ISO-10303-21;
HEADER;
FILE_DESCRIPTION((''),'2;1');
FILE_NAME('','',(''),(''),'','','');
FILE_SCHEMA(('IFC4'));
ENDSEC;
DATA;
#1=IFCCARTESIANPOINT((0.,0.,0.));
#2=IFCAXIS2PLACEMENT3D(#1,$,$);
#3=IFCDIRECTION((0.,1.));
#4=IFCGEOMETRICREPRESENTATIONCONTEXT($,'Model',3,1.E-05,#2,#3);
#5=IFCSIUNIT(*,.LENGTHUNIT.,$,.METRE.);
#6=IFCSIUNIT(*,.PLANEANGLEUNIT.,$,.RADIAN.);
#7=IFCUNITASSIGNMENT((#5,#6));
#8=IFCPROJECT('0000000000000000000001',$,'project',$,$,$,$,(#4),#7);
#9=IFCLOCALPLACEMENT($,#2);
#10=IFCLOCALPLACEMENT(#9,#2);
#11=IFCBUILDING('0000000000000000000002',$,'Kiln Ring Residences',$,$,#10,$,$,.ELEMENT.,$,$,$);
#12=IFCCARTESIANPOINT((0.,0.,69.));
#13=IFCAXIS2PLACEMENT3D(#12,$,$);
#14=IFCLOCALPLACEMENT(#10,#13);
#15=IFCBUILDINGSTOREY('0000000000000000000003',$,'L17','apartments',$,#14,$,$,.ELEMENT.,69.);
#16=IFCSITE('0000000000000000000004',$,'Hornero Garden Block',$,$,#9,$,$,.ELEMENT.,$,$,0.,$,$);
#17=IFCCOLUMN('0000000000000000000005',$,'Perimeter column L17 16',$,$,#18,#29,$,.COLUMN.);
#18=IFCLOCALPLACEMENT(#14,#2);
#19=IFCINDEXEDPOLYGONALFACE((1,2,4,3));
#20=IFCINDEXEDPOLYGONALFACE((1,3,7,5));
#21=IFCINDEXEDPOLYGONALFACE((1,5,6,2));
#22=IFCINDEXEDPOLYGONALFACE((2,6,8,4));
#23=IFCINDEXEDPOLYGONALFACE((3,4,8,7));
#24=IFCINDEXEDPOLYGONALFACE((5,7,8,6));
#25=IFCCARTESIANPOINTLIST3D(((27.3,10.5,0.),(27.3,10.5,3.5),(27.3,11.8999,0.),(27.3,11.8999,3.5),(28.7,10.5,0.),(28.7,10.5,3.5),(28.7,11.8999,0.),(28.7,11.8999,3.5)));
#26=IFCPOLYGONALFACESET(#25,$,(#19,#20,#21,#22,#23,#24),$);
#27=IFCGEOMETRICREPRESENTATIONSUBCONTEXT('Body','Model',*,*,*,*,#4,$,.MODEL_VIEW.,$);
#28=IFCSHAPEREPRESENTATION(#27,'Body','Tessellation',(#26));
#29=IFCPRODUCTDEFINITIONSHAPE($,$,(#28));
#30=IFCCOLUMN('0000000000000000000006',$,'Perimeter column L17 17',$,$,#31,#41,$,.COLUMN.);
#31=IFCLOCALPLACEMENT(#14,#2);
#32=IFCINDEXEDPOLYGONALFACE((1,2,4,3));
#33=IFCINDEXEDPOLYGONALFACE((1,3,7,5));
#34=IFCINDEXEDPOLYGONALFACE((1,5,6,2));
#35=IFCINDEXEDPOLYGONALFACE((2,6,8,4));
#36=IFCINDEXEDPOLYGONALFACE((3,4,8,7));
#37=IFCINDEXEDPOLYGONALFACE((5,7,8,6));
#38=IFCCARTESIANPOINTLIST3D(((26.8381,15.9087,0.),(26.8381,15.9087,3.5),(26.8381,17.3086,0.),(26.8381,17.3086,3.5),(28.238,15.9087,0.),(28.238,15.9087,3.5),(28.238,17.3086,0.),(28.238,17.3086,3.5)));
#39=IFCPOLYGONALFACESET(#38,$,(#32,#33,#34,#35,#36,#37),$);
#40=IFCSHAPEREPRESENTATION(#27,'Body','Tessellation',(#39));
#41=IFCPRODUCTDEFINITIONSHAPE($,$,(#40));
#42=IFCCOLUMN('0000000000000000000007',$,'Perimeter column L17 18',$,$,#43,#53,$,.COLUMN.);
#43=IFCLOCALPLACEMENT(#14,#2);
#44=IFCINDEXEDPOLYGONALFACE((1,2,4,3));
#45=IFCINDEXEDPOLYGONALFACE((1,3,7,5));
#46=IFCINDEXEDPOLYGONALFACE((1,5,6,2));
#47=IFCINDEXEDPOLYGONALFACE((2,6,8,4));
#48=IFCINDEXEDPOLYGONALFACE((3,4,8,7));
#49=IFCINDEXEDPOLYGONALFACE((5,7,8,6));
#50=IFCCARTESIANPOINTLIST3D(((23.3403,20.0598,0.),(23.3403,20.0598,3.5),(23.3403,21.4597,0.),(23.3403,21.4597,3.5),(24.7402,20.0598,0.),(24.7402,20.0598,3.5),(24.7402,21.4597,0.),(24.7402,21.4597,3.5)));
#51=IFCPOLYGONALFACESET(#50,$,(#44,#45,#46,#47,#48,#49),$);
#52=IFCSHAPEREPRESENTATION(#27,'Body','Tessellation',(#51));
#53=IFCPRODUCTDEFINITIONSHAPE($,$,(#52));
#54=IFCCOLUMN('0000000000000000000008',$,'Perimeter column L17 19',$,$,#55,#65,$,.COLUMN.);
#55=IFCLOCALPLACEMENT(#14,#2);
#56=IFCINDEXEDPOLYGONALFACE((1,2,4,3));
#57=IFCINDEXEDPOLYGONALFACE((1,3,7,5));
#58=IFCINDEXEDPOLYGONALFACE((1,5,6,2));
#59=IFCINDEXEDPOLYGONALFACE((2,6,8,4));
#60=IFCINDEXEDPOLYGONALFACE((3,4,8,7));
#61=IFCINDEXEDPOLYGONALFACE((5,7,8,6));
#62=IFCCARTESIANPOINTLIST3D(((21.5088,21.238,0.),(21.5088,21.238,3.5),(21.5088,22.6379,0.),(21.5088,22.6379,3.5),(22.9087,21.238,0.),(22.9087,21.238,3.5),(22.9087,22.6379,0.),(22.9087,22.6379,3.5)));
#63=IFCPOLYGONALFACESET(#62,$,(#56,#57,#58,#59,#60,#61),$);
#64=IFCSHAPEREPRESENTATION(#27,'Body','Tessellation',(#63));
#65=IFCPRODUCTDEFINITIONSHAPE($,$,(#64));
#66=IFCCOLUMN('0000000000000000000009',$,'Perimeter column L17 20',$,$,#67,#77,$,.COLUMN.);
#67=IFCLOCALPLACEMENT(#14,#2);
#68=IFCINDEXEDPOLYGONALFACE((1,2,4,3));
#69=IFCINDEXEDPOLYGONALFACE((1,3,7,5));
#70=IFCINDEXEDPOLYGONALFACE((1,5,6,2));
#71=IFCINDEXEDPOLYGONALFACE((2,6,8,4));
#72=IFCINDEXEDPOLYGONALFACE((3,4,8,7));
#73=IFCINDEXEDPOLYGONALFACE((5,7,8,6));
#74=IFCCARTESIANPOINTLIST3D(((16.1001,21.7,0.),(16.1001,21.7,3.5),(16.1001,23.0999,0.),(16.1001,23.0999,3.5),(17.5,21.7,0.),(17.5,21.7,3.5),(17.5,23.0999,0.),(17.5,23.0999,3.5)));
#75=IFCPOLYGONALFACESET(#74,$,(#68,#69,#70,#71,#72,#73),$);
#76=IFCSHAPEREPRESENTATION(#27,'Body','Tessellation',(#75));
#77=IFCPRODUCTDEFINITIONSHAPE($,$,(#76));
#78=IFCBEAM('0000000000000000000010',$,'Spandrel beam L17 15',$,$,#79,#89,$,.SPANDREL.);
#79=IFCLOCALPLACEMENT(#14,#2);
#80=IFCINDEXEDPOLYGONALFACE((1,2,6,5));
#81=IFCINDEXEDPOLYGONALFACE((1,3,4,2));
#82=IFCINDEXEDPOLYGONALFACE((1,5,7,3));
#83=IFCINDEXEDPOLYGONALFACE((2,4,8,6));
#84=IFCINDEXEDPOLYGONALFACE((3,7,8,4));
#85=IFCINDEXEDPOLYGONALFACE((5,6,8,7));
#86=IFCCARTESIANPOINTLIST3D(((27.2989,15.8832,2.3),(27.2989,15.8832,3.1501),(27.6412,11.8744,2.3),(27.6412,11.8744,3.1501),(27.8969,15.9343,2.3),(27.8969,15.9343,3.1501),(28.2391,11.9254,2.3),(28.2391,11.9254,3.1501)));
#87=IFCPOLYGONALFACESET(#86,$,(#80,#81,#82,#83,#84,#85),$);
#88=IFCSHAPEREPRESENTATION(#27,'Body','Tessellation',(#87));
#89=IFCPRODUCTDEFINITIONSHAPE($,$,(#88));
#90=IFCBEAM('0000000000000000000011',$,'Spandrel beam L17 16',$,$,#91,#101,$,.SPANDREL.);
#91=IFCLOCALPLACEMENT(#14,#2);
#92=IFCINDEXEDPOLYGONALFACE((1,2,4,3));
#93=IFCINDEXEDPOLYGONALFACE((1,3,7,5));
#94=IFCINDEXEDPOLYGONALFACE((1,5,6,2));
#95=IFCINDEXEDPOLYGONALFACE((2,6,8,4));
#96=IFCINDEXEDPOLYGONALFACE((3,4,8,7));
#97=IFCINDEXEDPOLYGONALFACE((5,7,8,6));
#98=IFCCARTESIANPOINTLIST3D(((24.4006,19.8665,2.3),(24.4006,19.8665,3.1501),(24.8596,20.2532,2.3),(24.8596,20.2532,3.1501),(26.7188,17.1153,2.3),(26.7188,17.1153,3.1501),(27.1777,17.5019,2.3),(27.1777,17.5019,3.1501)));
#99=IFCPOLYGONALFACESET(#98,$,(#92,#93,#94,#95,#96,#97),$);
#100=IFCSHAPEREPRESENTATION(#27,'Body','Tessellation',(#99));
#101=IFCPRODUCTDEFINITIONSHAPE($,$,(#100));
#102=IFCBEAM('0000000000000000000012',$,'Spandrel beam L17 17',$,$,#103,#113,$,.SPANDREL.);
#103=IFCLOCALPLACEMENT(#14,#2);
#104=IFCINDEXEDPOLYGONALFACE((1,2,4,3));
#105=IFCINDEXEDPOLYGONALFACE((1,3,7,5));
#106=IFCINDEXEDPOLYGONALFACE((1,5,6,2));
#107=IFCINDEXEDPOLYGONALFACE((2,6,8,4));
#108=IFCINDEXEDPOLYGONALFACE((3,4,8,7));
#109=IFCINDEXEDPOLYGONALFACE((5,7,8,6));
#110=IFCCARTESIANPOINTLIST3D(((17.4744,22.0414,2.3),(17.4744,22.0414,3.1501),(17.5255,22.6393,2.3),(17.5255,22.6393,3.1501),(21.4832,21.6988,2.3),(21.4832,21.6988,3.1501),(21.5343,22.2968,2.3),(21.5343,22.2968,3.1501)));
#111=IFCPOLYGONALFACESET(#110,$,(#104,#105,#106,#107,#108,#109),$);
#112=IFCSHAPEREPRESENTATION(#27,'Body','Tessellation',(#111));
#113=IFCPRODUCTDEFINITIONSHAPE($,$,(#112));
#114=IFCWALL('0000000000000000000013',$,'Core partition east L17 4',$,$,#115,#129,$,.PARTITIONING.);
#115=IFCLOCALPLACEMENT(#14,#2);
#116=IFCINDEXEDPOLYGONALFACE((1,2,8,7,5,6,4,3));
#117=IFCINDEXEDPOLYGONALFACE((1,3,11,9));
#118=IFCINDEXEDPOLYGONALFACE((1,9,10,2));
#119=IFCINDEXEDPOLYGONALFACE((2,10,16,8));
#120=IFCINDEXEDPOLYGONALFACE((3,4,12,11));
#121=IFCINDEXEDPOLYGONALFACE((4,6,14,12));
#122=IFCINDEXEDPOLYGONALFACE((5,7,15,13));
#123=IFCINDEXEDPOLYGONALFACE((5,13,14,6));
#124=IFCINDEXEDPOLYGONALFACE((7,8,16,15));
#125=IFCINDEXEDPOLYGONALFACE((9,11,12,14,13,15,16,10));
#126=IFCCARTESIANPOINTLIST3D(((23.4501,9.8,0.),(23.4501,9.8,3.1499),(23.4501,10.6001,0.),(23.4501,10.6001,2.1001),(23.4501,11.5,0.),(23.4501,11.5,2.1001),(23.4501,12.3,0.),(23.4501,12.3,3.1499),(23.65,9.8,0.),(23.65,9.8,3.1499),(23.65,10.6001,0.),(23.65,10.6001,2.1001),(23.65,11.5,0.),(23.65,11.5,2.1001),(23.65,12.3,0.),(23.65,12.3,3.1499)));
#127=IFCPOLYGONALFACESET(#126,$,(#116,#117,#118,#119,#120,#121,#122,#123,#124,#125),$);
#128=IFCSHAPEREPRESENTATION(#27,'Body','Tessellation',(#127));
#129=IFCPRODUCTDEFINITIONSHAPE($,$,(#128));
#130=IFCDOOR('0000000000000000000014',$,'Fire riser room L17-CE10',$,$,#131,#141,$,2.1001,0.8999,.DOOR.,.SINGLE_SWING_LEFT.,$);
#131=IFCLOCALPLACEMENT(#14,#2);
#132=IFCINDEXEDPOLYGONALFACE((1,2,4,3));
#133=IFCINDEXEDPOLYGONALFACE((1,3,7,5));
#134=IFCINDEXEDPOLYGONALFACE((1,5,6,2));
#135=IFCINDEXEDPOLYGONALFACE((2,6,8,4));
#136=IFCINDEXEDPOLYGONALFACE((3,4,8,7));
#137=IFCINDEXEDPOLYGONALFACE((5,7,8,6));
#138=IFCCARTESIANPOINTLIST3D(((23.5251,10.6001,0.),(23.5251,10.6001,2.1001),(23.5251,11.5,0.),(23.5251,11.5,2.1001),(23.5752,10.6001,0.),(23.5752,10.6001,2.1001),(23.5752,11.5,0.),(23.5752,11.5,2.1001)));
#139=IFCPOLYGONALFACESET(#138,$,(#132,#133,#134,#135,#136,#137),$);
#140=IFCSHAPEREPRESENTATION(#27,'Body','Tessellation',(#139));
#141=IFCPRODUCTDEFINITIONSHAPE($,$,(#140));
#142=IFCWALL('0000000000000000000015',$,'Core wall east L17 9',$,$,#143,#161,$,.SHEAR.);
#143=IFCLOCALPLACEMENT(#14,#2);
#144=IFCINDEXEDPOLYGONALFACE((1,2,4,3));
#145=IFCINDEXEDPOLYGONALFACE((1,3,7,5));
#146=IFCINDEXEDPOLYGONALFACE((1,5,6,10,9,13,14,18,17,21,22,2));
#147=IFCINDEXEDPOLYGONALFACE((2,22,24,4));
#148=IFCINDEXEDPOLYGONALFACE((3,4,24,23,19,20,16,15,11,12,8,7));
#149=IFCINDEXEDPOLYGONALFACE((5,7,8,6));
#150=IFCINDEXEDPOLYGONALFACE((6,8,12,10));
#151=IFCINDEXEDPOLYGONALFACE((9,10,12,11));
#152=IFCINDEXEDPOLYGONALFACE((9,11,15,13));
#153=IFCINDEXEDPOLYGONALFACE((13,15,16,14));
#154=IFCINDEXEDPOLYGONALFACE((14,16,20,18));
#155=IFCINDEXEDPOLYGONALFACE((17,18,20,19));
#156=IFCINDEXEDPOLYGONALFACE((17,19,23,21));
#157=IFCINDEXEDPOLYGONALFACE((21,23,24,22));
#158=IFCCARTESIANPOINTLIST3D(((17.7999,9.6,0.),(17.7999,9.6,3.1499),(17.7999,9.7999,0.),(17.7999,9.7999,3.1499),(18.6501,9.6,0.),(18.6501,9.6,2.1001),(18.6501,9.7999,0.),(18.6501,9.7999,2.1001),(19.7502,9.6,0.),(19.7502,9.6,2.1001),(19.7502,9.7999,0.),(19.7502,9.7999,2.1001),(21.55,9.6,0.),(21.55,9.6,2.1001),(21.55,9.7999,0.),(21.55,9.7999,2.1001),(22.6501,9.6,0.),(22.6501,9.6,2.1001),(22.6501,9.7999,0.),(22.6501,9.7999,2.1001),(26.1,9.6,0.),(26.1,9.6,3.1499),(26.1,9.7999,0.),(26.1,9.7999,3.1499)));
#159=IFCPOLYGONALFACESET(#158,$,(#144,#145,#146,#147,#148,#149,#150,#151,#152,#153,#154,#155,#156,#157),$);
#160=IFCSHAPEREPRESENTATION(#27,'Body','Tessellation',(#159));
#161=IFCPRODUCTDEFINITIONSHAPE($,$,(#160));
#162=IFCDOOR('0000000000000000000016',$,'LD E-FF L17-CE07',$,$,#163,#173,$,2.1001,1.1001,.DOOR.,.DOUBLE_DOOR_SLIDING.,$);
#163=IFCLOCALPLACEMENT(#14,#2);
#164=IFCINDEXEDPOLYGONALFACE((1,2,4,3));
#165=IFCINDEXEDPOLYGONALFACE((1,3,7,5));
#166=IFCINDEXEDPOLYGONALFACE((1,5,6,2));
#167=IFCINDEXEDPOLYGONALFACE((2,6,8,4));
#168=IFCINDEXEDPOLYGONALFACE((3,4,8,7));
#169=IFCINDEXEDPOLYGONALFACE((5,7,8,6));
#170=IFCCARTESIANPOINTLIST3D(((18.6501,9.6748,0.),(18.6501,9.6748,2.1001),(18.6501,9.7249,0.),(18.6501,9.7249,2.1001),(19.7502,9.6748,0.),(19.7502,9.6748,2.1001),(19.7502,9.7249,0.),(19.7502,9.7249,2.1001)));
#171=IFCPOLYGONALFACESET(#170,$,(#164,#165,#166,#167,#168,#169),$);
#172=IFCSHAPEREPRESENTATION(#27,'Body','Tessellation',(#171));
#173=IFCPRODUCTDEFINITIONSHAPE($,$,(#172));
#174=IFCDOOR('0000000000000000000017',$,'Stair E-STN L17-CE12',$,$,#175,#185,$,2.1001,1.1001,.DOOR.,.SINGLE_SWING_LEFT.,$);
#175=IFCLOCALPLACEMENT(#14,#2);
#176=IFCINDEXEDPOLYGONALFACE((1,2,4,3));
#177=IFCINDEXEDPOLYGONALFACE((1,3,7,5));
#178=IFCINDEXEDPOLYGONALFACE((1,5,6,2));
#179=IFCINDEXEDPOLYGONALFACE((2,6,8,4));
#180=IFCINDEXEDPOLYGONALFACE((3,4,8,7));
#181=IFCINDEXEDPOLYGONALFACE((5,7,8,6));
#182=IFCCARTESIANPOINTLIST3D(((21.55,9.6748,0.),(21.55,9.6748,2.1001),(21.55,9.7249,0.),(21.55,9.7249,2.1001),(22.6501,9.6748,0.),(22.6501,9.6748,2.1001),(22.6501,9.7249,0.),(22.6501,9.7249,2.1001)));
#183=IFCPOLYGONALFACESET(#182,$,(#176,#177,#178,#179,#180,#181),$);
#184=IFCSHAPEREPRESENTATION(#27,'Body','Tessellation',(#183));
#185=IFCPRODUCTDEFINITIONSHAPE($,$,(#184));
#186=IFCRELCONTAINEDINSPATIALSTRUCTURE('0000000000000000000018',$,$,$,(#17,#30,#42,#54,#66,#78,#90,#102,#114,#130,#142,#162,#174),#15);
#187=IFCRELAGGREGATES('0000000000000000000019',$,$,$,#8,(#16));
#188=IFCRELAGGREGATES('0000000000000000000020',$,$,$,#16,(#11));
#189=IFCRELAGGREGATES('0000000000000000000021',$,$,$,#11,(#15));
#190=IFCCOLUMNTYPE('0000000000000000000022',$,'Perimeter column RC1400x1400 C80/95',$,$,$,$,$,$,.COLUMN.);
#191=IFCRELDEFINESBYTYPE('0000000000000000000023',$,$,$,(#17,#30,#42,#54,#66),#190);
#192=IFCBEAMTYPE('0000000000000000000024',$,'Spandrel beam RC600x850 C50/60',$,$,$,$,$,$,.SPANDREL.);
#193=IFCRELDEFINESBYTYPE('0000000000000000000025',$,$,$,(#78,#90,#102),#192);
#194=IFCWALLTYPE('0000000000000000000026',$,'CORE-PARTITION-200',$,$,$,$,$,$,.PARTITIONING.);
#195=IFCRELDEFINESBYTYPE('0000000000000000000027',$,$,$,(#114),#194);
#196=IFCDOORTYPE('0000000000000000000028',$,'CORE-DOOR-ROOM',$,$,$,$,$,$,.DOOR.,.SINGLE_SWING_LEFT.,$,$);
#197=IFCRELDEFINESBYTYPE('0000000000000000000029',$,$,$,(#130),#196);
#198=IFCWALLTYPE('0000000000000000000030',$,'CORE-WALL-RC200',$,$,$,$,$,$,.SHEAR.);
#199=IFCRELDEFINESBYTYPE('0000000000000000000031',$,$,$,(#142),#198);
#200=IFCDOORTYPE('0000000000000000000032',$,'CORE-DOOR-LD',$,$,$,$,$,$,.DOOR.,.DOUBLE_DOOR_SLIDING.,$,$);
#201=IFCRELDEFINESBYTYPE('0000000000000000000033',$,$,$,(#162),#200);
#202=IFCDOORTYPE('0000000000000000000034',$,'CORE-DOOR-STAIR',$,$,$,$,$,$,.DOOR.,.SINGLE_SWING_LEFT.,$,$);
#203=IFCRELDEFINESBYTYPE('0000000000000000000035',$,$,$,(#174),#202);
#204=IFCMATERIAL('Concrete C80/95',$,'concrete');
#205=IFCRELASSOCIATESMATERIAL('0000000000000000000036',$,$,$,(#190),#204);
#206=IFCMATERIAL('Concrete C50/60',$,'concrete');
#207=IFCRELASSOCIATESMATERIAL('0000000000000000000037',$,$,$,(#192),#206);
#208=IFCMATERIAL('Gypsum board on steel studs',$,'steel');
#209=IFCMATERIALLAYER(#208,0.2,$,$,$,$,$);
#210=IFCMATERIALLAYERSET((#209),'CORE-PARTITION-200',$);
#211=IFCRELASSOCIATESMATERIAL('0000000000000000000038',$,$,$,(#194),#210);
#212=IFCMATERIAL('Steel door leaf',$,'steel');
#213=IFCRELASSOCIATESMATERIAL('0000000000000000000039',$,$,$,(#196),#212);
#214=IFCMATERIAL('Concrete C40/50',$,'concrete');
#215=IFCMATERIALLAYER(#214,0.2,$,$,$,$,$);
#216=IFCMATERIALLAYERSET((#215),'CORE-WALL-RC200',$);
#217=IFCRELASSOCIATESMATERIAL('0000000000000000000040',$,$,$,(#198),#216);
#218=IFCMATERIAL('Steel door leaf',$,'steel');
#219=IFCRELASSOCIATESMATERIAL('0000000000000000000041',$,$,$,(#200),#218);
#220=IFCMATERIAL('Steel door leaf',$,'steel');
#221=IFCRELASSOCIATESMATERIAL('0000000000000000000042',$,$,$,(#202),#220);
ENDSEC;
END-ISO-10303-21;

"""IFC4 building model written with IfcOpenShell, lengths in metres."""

from ifc_helpers import new_model, si_unit, direction, frame, frame_2d, origin, origin_2d, place, context, subcontext, project, spatial, rectangle, extrude, material, layer, layer_set, material_profile, profile_set, type_object, element, fill, save


model = new_model("IFC4")

# Units and contexts
model_context = context("Model", 3, precision=1e-05, world=origin(), true_north=direction((0.0, 1.0)))
body_context = subcontext(model_context, "Body", "Model", "MODEL_VIEW")
ifc_project = project(units=[si_unit("LENGTHUNIT", "METRE"), si_unit("PLANEANGLEUNIT", "RADIAN")], contexts=[model_context])

# Site, building, storey
site_placement = place(None, origin())
site = spatial("IfcSite", under=ifc_project, at=site_placement, Name="Hornero Garden Block", CompositionType="ELEMENT", RefElevation=0.0)
building_placement = place(site_placement, origin())
building = spatial("IfcBuilding", under=site, at=building_placement, Name="Kiln Ring Residences", CompositionType="ELEMENT")
storey_placement = place(building_placement, frame((0.0, 0.0, 69.0)))
storey = spatial("IfcBuildingStorey", under=building, at=storey_placement, Name="L17", Description="apartments", CompositionType="ELEMENT", Elevation=69.0)

# Columns
ifc_material_1 = material(Name="Concrete C80/95", Category="concrete")
ifc_material_profile_1 = material_profile(ifc_material_1, rectangle(XDim=1.3999, YDim=1.3999, at=origin_2d()), Name="RC1400x1400")
ifc_profile_set_1 = profile_set([ifc_material_profile_1], Name="Concrete C80/95")
column_type = type_object("IfcColumnType", Name="Perimeter column RC1400x1400 C80/95", PredefinedType="COLUMN", material=ifc_profile_set_1)
for number, where, z_axis, x_axis, name in (
    (1, (28.0, 11.2, 0.0), (0.0, 0.0, 1.0), (1.0, 0.0, 0.0), "Perimeter column L17 16"),
    (2, (27.5381, 16.6086, 0.0), (0.0, 0.0, 1.0), (1.0, 0.0, 0.0), "Perimeter column L17 17"),
    (3, (24.0403, 20.7598, 0.0), (0.0, 0.0, 1.0), (1.0, 0.0, 0.0), "Perimeter column L17 18"),
    (4, (22.2087, 21.938, 0.0), (0.0, 0.0, 1.0), (1.0, 0.0, 0.0), "Perimeter column L17 19"),
    (5, (16.8, 22.3999, 0.0), (0.0, 0.0, 1.0), (1.0, 0.0, 0.0), "Perimeter column L17 20"),
):
    element("IfcColumn", number, at=place(storey_placement, frame(where, z_axis=z_axis, x_axis=x_axis)), inside=storey, type_object=column_type, Name=name, PredefinedType="COLUMN", context=body_context, shape_type="SweptSolid", body=[
        extrude(rectangle(XDim=1.3999, YDim=1.3999, at=origin_2d()), origin(), (0.0, 0.0, 1.0), 3.5),
    ])

# Beams
ifc_material_2 = material(Name="Concrete C50/60", Category="concrete")
ifc_material_profile_2 = material_profile(ifc_material_2, rectangle(XDim=0.6001, YDim=0.8501, at=origin_2d()), Name="RC600x850")
ifc_profile_set_2 = profile_set([ifc_material_profile_2], Name="Concrete C50/60")
beam_type = type_object("IfcBeamType", Name="Spandrel beam RC600x850 C50/60", PredefinedType="SPANDREL", material=ifc_profile_set_2)
beam_1_placement = place(storey_placement, frame((27.9402, 11.8999, 2.7251), z_axis=(-0.085074, 0.996375, 0.0), x_axis=(-0.996375, -0.085074, 0.0)))
element("IfcBeam", 6, at=beam_1_placement, inside=storey, type_object=beam_type, Name="Spandrel beam L17 15", PredefinedType="SPANDREL", context=body_context, shape_type="SweptSolid", body=[
    extrude(rectangle(XDim=0.6001, YDim=0.8501, at=origin_2d()), origin(), (0.0, 0.0, 1.0), 4.0234),
])
beam_2_placement = place(storey_placement, frame((26.9482, 17.3086, 2.7251), z_axis=(-0.644347, 0.764733, 0.0), x_axis=(-0.764733, -0.644347, 0.0)))
element("IfcBeam", 7, at=beam_2_placement, inside=storey, type_object=beam_type, Name="Spandrel beam L17 16", PredefinedType="SPANDREL", context=body_context, shape_type="SweptSolid", body=[
    extrude(rectangle(XDim=0.6001, YDim=0.8501, at=origin_2d()), origin(), (0.0, 0.0, 1.0), 3.5977),
])
beam_3_placement = place(storey_placement, frame((21.5088, 21.9978, 2.7251), z_axis=(-0.996369, 0.085134, 0.0), x_axis=(-0.085134, -0.996369, 0.0)))
element("IfcBeam", 8, at=beam_3_placement, inside=storey, type_object=beam_type, Name="Spandrel beam L17 17", PredefinedType="SPANDREL", context=body_context, shape_type="SweptSolid", body=[
    extrude(rectangle(XDim=0.6001, YDim=0.8501, at=origin_2d()), origin(), (0.0, 0.0, 1.0), 4.0234),
])

# Wall, opening, door
ifc_material_3 = material(Name="Gypsum board on steel studs", Category="steel")
ifc_layer_1 = layer(ifc_material_3, 0.2)
ifc_layer_set_1 = layer_set([ifc_layer_1], Name="CORE-PARTITION-200")
wall_type_1 = type_object("IfcWallType", Name="CORE-PARTITION-200", PredefinedType="PARTITIONING", material=ifc_layer_set_1)
wall_1_placement = place(storey_placement, frame((23.55, 9.8, 0.0), z_axis=(0.0, 0.0, 1.0), x_axis=(0.0, 1.0, 0.0)))
wall_1 = element("IfcWall", 9, at=wall_1_placement, inside=storey, type_object=wall_type_1, Name="Core partition east L17 4", PredefinedType="PARTITIONING", context=body_context, shape_type="SweptSolid", body=[
    extrude(rectangle(XDim=2.5, YDim=0.2, at=frame_2d((1.25, 0.0))), origin(), (0.0, 0.0, 1.0), 3.1499),
])
opening_1_placement = place(wall_1_placement, frame((0.8, 0.0, 0.0)))
opening_1 = element("IfcOpeningElement", 10, at=opening_1_placement, cuts=wall_1, PredefinedType="OPENING", context=body_context, shape_type="SweptSolid", body=[
    extrude(rectangle(XDim=0.8999, YDim=2.1001, at=frame_2d((0.45, 1.05))), frame((0.0, 0.1099, 0.0), z_axis=(0.0, -1.0, 0.0), x_axis=(1.0, 0.0, 0.0)), (0.0, 0.0, 1.0), 0.22),
])
ifc_material_4 = material(Name="Steel door leaf", Category="steel")
door_type_1 = type_object("IfcDoorType", Name="CORE-DOOR-ROOM", OperationType="SINGLE_SWING_LEFT", PredefinedType="DOOR", material=ifc_material_4)
door_1_placement = place(opening_1_placement, origin())
door_1 = element("IfcDoor", 11, at=door_1_placement, inside=storey, type_object=door_type_1, Name="Fire riser room L17-CE10", OperationType="SINGLE_SWING_LEFT", OverallHeight=2.1001, OverallWidth=0.8999, PredefinedType="DOOR", context=body_context, shape_type="SweptSolid", body=[
    extrude(rectangle(XDim=0.8999, YDim=2.1001, at=frame_2d((0.45, 1.05))), frame((0.0, 0.0249, 0.0), z_axis=(0.0, -1.0, 0.0), x_axis=(1.0, 0.0, 0.0)), (0.0, 0.0, 1.0), 0.05),
])
fill(opening_1, door_1)

# Wall, openings, doors
ifc_material_5 = material(Name="Concrete C40/50", Category="concrete")
ifc_layer_2 = layer(ifc_material_5, 0.2)
ifc_layer_set_2 = layer_set([ifc_layer_2], Name="CORE-WALL-RC200")
wall_type_2 = type_object("IfcWallType", Name="CORE-WALL-RC200", PredefinedType="SHEAR", material=ifc_layer_set_2)
wall_2_placement = place(storey_placement, frame((17.8, 9.7, 0.0), z_axis=(0.0, 0.0, 1.0), x_axis=(1.0, 0.0, 0.0)))
wall_2 = element("IfcWall", 12, at=wall_2_placement, inside=storey, type_object=wall_type_2, Name="Core wall east L17 9", PredefinedType="SHEAR", context=body_context, shape_type="SweptSolid", body=[
    extrude(rectangle(XDim=8.3, YDim=0.2, at=frame_2d((4.1499, 0.0))), origin(), (0.0, 0.0, 1.0), 3.1499),
])
opening_2_placement = place(wall_2_placement, frame((0.8501, 0.0, 0.0)))
opening_2 = element("IfcOpeningElement", 13, at=opening_2_placement, cuts=wall_2, PredefinedType="OPENING", context=body_context, shape_type="SweptSolid", body=[
    extrude(rectangle(XDim=1.1001, YDim=2.1001, at=frame_2d((0.55, 1.05))), frame((0.0, 0.1099, 0.0), z_axis=(0.0, -1.0, 0.0), x_axis=(1.0, 0.0, 0.0)), (0.0, 0.0, 1.0), 0.22),
])
opening_3_placement = place(wall_2_placement, frame((3.75, 0.0, 0.0)))
opening_3 = element("IfcOpeningElement", 14, at=opening_3_placement, cuts=wall_2, PredefinedType="OPENING", context=body_context, shape_type="SweptSolid", body=[
    extrude(rectangle(XDim=1.1001, YDim=2.1001, at=frame_2d((0.55, 1.05))), frame((0.0, 0.1099, 0.0), z_axis=(0.0, -1.0, 0.0), x_axis=(1.0, 0.0, 0.0)), (0.0, 0.0, 1.0), 0.22),
])
ifc_material_6 = material(Name="Steel door leaf", Category="steel")
door_type_2 = type_object("IfcDoorType", Name="CORE-DOOR-LD", OperationType="DOUBLE_DOOR_SLIDING", PredefinedType="DOOR", material=ifc_material_6)
door_2_placement = place(opening_2_placement, origin())
door_2 = element("IfcDoor", 15, at=door_2_placement, inside=storey, type_object=door_type_2, Name="LD E-FF L17-CE07", OperationType="DOUBLE_DOOR_SLIDING", OverallHeight=2.1001, OverallWidth=1.1001, PredefinedType="DOOR", context=body_context, shape_type="SweptSolid", body=[
    extrude(rectangle(XDim=1.1001, YDim=2.1001, at=frame_2d((0.55, 1.05))), frame((0.0, 0.0249, 0.0), z_axis=(0.0, -1.0, 0.0), x_axis=(1.0, 0.0, 0.0)), (0.0, 0.0, 1.0), 0.05),
])
fill(opening_2, door_2)
ifc_material_7 = material(Name="Steel door leaf", Category="steel")
door_type_3 = type_object("IfcDoorType", Name="CORE-DOOR-STAIR", OperationType="SINGLE_SWING_LEFT", PredefinedType="DOOR", material=ifc_material_7)
door_3_placement = place(opening_3_placement, origin())
door_3 = element("IfcDoor", 16, at=door_3_placement, inside=storey, type_object=door_type_3, Name="Stair E-STN L17-CE12", OperationType="SINGLE_SWING_LEFT", OverallHeight=2.1001, OverallWidth=1.1001, PredefinedType="DOOR", context=body_context, shape_type="SweptSolid", body=[
    extrude(rectangle(XDim=1.1001, YDim=2.1001, at=frame_2d((0.55, 1.05))), frame((0.0, 0.0249, 0.0), z_axis=(0.0, -1.0, 0.0), x_axis=(1.0, 0.0, 0.0)), (0.0, 0.0, 1.0), 0.05),
])
fill(opening_3, door_3)

save(model, "model.ifc")
